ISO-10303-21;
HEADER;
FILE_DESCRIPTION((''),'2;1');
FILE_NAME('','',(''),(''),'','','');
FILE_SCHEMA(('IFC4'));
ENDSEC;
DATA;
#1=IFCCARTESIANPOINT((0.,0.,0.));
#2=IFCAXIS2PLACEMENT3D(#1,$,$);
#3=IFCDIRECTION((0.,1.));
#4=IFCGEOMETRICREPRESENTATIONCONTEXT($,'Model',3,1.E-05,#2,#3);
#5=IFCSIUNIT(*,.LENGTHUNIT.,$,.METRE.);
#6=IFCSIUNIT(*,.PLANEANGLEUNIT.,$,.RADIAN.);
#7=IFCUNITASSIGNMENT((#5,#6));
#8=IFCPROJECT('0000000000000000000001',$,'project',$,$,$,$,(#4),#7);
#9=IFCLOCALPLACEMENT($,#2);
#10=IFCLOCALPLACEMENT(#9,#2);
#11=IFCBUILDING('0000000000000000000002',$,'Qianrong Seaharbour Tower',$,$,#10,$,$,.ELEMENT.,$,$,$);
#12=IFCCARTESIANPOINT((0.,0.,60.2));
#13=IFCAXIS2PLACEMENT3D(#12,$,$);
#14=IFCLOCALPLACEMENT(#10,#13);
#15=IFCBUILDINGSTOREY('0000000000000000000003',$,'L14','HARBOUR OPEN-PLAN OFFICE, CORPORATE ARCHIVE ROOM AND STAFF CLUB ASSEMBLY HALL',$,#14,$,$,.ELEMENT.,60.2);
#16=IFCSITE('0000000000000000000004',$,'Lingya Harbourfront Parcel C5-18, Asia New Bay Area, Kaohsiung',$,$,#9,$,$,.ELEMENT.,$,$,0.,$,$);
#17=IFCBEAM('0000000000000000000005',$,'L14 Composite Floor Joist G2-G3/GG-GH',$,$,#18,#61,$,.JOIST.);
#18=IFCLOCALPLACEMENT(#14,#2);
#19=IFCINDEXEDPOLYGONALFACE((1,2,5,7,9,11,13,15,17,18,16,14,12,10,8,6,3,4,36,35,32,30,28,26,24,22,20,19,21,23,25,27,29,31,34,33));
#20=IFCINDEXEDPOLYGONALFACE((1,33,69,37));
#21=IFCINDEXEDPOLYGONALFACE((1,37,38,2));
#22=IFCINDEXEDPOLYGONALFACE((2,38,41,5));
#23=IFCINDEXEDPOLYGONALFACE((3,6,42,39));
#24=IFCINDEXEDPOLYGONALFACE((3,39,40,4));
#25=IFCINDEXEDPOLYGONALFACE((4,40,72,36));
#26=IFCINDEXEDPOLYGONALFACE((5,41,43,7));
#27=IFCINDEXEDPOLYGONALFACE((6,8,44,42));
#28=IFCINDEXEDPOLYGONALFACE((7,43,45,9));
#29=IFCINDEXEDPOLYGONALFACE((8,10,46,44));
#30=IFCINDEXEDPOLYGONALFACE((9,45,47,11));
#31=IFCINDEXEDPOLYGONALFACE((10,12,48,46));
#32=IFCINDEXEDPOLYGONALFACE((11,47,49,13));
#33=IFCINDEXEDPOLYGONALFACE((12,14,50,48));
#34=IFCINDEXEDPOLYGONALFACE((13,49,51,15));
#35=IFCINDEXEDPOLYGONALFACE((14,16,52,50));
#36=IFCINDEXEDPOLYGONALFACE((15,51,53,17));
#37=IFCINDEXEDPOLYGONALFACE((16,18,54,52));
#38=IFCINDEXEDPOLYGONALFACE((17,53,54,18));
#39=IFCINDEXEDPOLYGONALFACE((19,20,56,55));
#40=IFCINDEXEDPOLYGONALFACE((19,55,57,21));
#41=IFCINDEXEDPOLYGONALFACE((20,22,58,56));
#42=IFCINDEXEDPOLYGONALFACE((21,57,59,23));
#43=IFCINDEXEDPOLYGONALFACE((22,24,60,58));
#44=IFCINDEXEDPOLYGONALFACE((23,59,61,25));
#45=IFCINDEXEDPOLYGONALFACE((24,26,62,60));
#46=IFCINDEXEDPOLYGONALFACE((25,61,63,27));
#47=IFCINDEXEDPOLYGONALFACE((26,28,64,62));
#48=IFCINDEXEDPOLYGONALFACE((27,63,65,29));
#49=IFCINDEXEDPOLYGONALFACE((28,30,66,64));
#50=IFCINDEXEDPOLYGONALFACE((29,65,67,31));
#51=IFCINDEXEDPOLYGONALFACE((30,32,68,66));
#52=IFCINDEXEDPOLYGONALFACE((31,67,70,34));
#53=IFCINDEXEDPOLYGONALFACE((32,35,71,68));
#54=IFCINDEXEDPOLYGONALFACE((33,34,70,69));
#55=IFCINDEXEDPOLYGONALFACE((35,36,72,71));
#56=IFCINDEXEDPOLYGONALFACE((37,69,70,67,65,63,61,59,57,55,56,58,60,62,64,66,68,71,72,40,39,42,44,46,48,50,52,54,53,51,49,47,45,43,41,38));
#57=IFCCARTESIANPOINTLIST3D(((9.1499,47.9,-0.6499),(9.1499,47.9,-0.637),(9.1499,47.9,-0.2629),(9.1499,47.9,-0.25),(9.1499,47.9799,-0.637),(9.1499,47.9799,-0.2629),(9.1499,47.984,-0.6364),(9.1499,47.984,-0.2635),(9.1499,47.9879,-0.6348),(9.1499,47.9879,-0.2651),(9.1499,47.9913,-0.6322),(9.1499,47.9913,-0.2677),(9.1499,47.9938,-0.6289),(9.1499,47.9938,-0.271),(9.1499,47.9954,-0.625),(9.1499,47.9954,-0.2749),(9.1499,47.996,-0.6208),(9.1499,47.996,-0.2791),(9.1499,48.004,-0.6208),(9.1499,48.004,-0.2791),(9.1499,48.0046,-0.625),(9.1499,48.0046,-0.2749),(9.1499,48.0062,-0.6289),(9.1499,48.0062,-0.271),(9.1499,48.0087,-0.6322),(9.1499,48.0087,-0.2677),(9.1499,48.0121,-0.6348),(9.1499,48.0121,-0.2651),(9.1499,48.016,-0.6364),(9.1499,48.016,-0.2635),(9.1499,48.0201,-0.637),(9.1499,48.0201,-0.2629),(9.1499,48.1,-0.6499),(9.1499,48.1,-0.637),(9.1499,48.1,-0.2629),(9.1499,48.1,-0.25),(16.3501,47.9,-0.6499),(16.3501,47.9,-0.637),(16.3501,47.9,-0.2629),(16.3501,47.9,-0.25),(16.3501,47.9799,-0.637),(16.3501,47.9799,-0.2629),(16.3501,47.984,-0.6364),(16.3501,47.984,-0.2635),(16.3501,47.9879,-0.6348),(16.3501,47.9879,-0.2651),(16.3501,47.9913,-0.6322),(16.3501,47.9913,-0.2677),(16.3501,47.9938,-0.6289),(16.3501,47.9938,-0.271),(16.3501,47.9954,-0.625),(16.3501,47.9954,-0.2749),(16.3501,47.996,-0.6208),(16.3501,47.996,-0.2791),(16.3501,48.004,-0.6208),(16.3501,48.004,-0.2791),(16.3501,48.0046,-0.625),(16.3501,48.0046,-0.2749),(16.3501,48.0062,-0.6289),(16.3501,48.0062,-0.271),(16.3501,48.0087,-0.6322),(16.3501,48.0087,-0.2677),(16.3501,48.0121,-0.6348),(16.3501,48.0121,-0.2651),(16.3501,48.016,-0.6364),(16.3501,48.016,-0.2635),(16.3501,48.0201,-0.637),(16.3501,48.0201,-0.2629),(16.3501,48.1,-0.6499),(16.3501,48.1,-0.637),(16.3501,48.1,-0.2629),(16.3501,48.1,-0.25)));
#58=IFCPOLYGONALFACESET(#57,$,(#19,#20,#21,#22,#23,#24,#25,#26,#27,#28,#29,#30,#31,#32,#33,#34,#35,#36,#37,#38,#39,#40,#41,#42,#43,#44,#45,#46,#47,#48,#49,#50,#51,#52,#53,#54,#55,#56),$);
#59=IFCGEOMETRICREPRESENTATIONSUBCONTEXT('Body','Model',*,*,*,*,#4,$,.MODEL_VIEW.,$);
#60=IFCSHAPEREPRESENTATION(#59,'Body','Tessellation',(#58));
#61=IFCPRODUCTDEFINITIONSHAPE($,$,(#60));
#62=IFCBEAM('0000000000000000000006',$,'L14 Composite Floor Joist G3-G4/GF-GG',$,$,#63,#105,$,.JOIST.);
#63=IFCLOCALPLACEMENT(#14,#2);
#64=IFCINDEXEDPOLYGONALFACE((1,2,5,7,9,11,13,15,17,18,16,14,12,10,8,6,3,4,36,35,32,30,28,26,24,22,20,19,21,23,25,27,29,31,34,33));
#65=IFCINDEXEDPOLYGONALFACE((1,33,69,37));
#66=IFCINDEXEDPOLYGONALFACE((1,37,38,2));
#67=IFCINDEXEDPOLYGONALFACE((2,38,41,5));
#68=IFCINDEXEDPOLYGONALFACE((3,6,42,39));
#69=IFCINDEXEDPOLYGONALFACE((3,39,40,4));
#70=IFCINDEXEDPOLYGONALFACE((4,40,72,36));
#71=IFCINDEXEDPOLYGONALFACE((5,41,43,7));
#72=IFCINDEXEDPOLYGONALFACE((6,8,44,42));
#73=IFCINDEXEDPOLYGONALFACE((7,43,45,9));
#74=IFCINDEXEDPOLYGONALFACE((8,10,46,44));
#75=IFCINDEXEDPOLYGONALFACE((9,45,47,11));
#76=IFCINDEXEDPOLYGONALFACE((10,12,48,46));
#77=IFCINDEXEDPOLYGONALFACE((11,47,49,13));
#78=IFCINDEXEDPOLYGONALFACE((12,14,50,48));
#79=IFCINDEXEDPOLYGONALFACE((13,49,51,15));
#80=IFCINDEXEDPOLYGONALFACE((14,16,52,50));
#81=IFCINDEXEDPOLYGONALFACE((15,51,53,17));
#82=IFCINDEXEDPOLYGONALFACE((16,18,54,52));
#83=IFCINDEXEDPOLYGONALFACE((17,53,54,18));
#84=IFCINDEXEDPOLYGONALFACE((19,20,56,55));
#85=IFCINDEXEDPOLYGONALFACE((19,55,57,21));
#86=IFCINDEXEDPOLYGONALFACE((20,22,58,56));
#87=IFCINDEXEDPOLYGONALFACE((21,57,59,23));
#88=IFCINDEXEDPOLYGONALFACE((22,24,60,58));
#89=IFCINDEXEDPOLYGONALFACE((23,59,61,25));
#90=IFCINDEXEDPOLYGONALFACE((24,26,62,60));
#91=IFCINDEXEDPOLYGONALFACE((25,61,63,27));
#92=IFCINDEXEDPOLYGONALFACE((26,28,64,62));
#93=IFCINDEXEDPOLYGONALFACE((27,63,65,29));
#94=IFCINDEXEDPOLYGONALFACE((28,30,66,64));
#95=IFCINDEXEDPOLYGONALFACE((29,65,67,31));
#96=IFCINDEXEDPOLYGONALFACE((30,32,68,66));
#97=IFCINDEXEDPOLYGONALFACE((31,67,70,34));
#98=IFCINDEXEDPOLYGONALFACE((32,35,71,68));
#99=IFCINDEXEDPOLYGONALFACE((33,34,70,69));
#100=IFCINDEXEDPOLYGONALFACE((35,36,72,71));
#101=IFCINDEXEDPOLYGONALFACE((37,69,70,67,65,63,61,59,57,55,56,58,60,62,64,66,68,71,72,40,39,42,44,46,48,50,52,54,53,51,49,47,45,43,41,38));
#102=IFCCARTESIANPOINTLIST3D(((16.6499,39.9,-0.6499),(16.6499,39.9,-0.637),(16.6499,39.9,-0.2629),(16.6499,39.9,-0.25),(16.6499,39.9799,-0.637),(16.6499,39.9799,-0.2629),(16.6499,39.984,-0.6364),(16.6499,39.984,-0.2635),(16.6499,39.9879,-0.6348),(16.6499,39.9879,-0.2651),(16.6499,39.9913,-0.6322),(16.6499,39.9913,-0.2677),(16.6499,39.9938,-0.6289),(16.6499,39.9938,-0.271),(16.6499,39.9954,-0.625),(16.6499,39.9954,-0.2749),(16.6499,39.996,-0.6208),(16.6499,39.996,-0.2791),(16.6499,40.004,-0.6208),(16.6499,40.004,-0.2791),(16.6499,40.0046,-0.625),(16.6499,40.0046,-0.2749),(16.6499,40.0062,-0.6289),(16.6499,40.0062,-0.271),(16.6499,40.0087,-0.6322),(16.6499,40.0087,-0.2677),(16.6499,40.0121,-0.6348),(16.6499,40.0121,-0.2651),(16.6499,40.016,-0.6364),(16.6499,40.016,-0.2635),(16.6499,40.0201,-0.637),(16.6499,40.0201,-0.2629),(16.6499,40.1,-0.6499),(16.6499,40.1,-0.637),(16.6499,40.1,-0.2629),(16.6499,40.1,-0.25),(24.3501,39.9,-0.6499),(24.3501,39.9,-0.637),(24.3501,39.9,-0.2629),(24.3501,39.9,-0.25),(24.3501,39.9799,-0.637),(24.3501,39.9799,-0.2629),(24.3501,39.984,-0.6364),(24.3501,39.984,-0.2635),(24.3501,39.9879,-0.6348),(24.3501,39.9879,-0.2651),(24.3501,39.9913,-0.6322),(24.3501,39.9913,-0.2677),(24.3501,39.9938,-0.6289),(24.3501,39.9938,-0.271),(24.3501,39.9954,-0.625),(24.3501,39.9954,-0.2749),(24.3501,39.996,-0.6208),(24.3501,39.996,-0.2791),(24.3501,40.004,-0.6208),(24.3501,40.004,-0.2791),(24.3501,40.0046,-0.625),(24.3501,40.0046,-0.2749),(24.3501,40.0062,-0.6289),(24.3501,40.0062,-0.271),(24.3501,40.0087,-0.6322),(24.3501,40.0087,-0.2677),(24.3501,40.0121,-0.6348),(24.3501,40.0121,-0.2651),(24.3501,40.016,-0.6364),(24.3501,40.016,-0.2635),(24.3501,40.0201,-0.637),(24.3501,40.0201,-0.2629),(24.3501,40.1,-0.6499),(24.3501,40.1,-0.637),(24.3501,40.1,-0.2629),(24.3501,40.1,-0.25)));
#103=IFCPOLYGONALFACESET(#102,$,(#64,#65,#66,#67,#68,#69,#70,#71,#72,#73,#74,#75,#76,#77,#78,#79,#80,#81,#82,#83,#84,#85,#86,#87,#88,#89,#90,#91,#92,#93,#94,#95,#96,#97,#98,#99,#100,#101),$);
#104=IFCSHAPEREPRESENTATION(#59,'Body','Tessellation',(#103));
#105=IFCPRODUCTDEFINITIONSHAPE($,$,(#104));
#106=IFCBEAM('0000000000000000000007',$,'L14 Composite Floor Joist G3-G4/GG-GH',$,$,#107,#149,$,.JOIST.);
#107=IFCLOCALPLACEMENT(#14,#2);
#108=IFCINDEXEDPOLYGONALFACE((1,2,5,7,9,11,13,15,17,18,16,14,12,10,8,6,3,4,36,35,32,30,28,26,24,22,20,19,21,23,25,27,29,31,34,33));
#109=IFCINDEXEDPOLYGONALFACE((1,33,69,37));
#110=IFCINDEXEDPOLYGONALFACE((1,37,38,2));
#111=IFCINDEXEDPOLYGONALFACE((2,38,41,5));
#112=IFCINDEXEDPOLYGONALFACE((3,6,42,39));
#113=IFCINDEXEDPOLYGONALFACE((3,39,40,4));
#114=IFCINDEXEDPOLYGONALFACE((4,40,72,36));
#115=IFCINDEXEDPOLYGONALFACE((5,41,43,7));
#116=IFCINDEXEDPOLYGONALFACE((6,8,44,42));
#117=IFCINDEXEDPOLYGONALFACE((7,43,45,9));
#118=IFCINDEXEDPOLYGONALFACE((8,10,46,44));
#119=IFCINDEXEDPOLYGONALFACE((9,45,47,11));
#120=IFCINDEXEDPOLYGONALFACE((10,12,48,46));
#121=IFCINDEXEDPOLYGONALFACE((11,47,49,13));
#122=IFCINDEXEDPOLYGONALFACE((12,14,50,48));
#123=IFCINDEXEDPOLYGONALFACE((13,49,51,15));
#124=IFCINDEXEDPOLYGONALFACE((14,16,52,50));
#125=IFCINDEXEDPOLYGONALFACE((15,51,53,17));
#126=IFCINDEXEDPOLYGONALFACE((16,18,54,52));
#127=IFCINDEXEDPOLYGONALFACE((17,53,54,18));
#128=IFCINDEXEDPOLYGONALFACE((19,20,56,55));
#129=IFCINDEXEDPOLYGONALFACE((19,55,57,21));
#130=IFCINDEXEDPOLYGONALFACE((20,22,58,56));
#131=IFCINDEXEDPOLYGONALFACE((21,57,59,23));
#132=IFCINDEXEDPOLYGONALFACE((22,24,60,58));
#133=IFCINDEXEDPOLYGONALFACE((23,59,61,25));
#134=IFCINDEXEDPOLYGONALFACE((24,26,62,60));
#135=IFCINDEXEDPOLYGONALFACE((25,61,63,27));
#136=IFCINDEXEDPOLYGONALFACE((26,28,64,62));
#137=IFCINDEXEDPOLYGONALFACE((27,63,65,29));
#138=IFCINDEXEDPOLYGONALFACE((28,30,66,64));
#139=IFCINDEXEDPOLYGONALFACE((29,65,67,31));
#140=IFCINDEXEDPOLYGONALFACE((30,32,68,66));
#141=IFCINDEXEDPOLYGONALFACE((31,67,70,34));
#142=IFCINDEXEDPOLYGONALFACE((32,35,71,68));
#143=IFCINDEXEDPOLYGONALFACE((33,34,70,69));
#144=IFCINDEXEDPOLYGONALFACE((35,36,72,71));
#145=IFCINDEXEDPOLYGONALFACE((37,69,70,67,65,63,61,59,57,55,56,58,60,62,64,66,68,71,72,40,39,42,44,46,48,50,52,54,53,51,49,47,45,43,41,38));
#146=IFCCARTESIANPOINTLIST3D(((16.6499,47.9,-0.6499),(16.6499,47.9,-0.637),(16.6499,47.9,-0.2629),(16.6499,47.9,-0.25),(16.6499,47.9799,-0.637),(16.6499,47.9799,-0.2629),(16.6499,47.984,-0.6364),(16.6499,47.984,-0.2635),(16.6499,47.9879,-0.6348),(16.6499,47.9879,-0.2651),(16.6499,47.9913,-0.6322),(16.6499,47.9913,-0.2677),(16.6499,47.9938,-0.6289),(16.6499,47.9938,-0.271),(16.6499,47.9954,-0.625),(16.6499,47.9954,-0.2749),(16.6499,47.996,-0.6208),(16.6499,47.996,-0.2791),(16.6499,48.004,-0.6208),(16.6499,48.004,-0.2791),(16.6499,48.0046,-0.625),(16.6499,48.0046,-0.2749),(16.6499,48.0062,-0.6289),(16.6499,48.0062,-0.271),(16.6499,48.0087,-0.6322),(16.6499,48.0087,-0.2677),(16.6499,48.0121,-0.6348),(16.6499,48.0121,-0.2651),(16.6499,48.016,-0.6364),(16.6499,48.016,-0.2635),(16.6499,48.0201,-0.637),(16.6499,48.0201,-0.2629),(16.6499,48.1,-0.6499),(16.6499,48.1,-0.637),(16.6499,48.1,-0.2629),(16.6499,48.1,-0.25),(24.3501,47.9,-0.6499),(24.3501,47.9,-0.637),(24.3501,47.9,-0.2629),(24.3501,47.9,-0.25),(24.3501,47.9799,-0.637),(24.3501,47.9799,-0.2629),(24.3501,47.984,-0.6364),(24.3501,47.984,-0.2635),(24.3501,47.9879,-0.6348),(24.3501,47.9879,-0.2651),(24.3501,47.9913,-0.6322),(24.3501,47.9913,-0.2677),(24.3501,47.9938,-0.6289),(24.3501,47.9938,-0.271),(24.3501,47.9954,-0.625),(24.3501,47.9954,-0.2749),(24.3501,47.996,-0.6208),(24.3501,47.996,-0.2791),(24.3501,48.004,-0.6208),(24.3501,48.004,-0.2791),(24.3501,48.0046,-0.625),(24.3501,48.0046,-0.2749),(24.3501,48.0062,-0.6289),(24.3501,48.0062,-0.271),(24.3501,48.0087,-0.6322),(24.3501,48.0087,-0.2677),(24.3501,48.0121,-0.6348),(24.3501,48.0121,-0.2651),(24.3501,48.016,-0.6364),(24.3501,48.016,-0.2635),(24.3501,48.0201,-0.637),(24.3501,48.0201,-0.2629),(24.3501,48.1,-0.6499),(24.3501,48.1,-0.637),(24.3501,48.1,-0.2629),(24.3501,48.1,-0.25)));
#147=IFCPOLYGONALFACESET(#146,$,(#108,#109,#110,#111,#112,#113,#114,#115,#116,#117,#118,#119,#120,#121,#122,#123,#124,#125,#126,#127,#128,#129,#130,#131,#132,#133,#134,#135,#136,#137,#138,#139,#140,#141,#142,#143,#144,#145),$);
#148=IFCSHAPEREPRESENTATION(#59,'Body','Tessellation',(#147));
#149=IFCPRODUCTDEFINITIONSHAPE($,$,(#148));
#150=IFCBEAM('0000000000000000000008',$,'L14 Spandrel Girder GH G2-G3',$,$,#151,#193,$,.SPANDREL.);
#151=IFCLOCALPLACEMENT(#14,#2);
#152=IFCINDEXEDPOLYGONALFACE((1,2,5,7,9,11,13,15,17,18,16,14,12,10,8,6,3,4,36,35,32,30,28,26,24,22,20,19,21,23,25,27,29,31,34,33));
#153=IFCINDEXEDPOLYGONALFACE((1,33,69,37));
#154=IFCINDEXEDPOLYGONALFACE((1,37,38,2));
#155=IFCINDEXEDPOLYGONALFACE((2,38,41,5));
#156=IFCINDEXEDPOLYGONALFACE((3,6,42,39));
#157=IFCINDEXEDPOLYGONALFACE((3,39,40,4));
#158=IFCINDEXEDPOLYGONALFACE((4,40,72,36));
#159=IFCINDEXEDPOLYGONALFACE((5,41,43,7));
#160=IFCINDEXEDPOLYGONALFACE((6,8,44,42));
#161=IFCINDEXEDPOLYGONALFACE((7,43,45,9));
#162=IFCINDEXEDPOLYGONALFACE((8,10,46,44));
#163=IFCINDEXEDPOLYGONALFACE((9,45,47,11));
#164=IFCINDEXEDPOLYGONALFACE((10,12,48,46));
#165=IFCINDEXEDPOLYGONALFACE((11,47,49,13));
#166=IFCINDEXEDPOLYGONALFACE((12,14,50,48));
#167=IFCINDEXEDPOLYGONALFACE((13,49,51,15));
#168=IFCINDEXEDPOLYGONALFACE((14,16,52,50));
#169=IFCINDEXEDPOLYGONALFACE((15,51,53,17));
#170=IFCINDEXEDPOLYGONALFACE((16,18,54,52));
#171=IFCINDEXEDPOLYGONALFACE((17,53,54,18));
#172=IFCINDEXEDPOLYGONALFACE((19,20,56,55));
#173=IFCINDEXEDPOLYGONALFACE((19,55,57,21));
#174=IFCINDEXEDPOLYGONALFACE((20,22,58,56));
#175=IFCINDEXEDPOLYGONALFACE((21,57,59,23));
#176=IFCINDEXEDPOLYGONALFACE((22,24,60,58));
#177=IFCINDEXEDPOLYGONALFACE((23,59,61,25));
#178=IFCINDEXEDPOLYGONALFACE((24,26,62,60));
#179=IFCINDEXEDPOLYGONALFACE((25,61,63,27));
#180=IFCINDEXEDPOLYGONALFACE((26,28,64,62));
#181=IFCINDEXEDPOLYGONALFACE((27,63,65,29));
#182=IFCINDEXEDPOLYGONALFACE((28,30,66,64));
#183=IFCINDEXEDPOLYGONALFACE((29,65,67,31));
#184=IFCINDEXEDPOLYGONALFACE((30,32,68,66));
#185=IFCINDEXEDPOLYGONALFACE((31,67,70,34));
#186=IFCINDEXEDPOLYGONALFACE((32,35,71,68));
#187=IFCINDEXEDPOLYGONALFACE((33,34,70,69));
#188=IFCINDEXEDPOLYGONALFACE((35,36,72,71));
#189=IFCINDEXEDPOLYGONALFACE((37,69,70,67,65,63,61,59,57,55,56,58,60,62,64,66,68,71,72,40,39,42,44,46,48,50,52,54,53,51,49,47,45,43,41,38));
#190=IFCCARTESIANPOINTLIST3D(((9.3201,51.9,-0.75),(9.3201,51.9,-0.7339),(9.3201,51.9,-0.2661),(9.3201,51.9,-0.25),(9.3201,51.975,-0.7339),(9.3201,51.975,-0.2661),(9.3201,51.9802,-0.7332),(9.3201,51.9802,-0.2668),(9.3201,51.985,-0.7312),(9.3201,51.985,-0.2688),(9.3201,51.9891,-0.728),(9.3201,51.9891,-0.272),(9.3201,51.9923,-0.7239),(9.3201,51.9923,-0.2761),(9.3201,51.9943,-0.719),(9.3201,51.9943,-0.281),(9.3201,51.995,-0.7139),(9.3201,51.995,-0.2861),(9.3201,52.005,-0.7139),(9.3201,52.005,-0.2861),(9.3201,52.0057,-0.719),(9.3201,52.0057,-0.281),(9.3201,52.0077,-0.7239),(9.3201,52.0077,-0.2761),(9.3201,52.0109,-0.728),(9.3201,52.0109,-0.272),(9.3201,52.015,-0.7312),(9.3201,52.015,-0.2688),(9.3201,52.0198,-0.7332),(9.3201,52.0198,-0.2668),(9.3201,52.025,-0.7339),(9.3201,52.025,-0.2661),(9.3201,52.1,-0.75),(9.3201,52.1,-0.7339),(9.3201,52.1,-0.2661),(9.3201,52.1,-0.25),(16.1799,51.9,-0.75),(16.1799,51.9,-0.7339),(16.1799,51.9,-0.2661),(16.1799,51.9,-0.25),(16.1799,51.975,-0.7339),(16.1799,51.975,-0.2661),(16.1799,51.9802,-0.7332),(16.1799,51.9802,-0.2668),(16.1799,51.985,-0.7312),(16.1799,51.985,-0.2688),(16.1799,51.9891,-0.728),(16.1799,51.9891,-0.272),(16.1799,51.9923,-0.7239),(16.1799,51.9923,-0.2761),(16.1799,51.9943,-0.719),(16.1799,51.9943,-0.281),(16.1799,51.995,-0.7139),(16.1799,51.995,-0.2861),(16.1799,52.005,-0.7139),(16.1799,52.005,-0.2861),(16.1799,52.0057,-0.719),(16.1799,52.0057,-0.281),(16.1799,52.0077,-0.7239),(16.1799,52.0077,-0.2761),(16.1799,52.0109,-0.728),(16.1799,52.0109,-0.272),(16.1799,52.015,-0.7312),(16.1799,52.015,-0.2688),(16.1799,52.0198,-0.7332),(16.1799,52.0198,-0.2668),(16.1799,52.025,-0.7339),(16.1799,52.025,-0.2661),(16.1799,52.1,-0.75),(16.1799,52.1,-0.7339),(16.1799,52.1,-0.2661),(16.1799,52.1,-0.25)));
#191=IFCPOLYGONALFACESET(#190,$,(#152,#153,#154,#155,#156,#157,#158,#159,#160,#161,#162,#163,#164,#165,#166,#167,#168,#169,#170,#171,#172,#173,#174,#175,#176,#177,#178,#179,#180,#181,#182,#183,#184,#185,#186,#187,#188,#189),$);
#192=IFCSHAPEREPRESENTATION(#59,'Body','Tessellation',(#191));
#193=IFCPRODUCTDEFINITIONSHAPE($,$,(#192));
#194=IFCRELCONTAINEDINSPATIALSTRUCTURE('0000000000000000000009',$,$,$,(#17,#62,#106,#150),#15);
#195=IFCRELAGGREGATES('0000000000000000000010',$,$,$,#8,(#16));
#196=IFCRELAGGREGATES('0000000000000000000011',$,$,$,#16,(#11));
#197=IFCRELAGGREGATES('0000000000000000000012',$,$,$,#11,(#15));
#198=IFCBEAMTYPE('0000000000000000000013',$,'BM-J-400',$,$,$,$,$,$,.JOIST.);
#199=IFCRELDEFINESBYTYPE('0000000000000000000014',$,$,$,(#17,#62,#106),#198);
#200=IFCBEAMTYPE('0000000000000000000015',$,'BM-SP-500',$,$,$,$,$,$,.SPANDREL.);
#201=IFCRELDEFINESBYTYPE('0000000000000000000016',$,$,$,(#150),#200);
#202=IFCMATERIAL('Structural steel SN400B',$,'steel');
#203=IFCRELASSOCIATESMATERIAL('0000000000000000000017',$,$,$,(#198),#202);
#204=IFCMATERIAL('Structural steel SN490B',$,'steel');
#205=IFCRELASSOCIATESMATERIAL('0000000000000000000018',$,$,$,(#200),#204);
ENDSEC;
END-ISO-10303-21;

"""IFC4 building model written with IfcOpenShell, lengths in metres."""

from ifc_helpers import new_model, si_unit, direction, frame, origin, origin_2d, place, context, subcontext, project, spatial, i_section, extrude, material, material_profile, profile_set, type_object, element, save


model = new_model("IFC4")

# Units and contexts
model_context = context("Model", 3, precision=1e-05, world=origin(), true_north=direction((0.0, 1.0)))
body_context = subcontext(model_context, "Body", "Model", "MODEL_VIEW")
ifc_project = project(units=[si_unit("LENGTHUNIT", "METRE"), si_unit("PLANEANGLEUNIT", "RADIAN")], contexts=[model_context])

# Site, building, storey
site_placement = place(None, origin())
site = spatial("IfcSite", under=ifc_project, at=site_placement, Name="Lingya Harbourfront Parcel C5-18, Asia New Bay Area, Kaohsiung", CompositionType="ELEMENT", RefElevation=0.0)
building_placement = place(site_placement, origin())
building = spatial("IfcBuilding", under=site, at=building_placement, Name="Qianrong Seaharbour Tower", CompositionType="ELEMENT")
storey_placement = place(building_placement, frame((0.0, 0.0, 60.2)))
storey = spatial("IfcBuildingStorey", under=building, at=storey_placement, Name="L14", Description="HARBOUR OPEN-PLAN OFFICE, CORPORATE ARCHIVE ROOM AND STAFF CLUB ASSEMBLY HALL", CompositionType="ELEMENT", Elevation=60.2)

# Shared definitions
ifc_material_1 = material(Name="Structural steel SN490B", Category="steel")

# Beams
ifc_material_2 = material(Name="Structural steel SN400B", Category="steel")
ifc_material_profile_1 = material_profile(ifc_material_2, i_section(OverallWidth=0.2, OverallDepth=0.3999, WebThickness=0.0081, FlangeThickness=0.0129, FilletRadius=0.0161, at=origin_2d()), Name="H400x200x8x13")
ifc_profile_set_1 = profile_set([ifc_material_profile_1], Name="Structural steel SN400B")
beam_type_1 = type_object("IfcBeamType", Name="BM-J-400", PredefinedType="JOIST", material=ifc_profile_set_1)
for number, where, z_axis, x_axis, name in (
    (1, (9.1499, 48.0, -0.45), (1.0, 0.0, 0.0), (0.0, 1.0, 0.0), "L14 Composite Floor Joist G2-G3/GG-GH"),
):
    element("IfcBeam", number, at=place(storey_placement, frame(where, z_axis=z_axis, x_axis=x_axis)), inside=storey, type_object=beam_type_1, Name=name, PredefinedType="JOIST", context=body_context, shape_type="SweptSolid", body=[
        extrude(i_section(OverallWidth=0.2, OverallDepth=0.3999, WebThickness=0.0081, FlangeThickness=0.0129, FilletRadius=0.0161, at=origin_2d()), origin(), (0.0, 0.0, 1.0), 7.2002),
    ])
for number, where, z_axis, x_axis, name in (
    (2, (16.6499, 40.0, -0.45), (1.0, 0.0, 0.0), (0.0, 1.0, 0.0), "L14 Composite Floor Joist G3-G4/GF-GG"),
    (3, (16.6499, 48.0, -0.45), (1.0, 0.0, 0.0), (0.0, 1.0, 0.0), "L14 Composite Floor Joist G3-G4/GG-GH"),
):
    element("IfcBeam", number, at=place(storey_placement, frame(where, z_axis=z_axis, x_axis=x_axis)), inside=storey, type_object=beam_type_1, Name=name, PredefinedType="JOIST", context=body_context, shape_type="SweptSolid", body=[
        extrude(i_section(OverallWidth=0.2, OverallDepth=0.3999, WebThickness=0.0081, FlangeThickness=0.0129, FilletRadius=0.0161, at=origin_2d()), origin(), (0.0, 0.0, 1.0), 7.7002),
    ])
ifc_material_profile_2 = material_profile(ifc_material_1, i_section(OverallWidth=0.2, OverallDepth=0.5, WebThickness=0.01, FlangeThickness=0.0161, FilletRadius=0.02, at=origin_2d()), Name="H500x200x10x16")
ifc_profile_set_2 = profile_set([ifc_material_profile_2], Name="Structural steel SN490B")
beam_type_2 = type_object("IfcBeamType", Name="BM-SP-500", PredefinedType="SPANDREL", material=ifc_profile_set_2)
beam_1_placement = place(storey_placement, frame((9.3201, 52.0, -0.5), z_axis=(1.0, 0.0, 0.0), x_axis=(0.0, 1.0, 0.0)))
element("IfcBeam", 4, at=beam_1_placement, inside=storey, type_object=beam_type_2, Name="L14 Spandrel Girder GH G2-G3", PredefinedType="SPANDREL", context=body_context, shape_type="SweptSolid", body=[
    extrude(i_section(OverallWidth=0.2, OverallDepth=0.5, WebThickness=0.01, FlangeThickness=0.0161, FilletRadius=0.02, at=origin_2d()), origin(), (0.0, 0.0, 1.0), 6.8599),
])

save(model, "model.ifc")
